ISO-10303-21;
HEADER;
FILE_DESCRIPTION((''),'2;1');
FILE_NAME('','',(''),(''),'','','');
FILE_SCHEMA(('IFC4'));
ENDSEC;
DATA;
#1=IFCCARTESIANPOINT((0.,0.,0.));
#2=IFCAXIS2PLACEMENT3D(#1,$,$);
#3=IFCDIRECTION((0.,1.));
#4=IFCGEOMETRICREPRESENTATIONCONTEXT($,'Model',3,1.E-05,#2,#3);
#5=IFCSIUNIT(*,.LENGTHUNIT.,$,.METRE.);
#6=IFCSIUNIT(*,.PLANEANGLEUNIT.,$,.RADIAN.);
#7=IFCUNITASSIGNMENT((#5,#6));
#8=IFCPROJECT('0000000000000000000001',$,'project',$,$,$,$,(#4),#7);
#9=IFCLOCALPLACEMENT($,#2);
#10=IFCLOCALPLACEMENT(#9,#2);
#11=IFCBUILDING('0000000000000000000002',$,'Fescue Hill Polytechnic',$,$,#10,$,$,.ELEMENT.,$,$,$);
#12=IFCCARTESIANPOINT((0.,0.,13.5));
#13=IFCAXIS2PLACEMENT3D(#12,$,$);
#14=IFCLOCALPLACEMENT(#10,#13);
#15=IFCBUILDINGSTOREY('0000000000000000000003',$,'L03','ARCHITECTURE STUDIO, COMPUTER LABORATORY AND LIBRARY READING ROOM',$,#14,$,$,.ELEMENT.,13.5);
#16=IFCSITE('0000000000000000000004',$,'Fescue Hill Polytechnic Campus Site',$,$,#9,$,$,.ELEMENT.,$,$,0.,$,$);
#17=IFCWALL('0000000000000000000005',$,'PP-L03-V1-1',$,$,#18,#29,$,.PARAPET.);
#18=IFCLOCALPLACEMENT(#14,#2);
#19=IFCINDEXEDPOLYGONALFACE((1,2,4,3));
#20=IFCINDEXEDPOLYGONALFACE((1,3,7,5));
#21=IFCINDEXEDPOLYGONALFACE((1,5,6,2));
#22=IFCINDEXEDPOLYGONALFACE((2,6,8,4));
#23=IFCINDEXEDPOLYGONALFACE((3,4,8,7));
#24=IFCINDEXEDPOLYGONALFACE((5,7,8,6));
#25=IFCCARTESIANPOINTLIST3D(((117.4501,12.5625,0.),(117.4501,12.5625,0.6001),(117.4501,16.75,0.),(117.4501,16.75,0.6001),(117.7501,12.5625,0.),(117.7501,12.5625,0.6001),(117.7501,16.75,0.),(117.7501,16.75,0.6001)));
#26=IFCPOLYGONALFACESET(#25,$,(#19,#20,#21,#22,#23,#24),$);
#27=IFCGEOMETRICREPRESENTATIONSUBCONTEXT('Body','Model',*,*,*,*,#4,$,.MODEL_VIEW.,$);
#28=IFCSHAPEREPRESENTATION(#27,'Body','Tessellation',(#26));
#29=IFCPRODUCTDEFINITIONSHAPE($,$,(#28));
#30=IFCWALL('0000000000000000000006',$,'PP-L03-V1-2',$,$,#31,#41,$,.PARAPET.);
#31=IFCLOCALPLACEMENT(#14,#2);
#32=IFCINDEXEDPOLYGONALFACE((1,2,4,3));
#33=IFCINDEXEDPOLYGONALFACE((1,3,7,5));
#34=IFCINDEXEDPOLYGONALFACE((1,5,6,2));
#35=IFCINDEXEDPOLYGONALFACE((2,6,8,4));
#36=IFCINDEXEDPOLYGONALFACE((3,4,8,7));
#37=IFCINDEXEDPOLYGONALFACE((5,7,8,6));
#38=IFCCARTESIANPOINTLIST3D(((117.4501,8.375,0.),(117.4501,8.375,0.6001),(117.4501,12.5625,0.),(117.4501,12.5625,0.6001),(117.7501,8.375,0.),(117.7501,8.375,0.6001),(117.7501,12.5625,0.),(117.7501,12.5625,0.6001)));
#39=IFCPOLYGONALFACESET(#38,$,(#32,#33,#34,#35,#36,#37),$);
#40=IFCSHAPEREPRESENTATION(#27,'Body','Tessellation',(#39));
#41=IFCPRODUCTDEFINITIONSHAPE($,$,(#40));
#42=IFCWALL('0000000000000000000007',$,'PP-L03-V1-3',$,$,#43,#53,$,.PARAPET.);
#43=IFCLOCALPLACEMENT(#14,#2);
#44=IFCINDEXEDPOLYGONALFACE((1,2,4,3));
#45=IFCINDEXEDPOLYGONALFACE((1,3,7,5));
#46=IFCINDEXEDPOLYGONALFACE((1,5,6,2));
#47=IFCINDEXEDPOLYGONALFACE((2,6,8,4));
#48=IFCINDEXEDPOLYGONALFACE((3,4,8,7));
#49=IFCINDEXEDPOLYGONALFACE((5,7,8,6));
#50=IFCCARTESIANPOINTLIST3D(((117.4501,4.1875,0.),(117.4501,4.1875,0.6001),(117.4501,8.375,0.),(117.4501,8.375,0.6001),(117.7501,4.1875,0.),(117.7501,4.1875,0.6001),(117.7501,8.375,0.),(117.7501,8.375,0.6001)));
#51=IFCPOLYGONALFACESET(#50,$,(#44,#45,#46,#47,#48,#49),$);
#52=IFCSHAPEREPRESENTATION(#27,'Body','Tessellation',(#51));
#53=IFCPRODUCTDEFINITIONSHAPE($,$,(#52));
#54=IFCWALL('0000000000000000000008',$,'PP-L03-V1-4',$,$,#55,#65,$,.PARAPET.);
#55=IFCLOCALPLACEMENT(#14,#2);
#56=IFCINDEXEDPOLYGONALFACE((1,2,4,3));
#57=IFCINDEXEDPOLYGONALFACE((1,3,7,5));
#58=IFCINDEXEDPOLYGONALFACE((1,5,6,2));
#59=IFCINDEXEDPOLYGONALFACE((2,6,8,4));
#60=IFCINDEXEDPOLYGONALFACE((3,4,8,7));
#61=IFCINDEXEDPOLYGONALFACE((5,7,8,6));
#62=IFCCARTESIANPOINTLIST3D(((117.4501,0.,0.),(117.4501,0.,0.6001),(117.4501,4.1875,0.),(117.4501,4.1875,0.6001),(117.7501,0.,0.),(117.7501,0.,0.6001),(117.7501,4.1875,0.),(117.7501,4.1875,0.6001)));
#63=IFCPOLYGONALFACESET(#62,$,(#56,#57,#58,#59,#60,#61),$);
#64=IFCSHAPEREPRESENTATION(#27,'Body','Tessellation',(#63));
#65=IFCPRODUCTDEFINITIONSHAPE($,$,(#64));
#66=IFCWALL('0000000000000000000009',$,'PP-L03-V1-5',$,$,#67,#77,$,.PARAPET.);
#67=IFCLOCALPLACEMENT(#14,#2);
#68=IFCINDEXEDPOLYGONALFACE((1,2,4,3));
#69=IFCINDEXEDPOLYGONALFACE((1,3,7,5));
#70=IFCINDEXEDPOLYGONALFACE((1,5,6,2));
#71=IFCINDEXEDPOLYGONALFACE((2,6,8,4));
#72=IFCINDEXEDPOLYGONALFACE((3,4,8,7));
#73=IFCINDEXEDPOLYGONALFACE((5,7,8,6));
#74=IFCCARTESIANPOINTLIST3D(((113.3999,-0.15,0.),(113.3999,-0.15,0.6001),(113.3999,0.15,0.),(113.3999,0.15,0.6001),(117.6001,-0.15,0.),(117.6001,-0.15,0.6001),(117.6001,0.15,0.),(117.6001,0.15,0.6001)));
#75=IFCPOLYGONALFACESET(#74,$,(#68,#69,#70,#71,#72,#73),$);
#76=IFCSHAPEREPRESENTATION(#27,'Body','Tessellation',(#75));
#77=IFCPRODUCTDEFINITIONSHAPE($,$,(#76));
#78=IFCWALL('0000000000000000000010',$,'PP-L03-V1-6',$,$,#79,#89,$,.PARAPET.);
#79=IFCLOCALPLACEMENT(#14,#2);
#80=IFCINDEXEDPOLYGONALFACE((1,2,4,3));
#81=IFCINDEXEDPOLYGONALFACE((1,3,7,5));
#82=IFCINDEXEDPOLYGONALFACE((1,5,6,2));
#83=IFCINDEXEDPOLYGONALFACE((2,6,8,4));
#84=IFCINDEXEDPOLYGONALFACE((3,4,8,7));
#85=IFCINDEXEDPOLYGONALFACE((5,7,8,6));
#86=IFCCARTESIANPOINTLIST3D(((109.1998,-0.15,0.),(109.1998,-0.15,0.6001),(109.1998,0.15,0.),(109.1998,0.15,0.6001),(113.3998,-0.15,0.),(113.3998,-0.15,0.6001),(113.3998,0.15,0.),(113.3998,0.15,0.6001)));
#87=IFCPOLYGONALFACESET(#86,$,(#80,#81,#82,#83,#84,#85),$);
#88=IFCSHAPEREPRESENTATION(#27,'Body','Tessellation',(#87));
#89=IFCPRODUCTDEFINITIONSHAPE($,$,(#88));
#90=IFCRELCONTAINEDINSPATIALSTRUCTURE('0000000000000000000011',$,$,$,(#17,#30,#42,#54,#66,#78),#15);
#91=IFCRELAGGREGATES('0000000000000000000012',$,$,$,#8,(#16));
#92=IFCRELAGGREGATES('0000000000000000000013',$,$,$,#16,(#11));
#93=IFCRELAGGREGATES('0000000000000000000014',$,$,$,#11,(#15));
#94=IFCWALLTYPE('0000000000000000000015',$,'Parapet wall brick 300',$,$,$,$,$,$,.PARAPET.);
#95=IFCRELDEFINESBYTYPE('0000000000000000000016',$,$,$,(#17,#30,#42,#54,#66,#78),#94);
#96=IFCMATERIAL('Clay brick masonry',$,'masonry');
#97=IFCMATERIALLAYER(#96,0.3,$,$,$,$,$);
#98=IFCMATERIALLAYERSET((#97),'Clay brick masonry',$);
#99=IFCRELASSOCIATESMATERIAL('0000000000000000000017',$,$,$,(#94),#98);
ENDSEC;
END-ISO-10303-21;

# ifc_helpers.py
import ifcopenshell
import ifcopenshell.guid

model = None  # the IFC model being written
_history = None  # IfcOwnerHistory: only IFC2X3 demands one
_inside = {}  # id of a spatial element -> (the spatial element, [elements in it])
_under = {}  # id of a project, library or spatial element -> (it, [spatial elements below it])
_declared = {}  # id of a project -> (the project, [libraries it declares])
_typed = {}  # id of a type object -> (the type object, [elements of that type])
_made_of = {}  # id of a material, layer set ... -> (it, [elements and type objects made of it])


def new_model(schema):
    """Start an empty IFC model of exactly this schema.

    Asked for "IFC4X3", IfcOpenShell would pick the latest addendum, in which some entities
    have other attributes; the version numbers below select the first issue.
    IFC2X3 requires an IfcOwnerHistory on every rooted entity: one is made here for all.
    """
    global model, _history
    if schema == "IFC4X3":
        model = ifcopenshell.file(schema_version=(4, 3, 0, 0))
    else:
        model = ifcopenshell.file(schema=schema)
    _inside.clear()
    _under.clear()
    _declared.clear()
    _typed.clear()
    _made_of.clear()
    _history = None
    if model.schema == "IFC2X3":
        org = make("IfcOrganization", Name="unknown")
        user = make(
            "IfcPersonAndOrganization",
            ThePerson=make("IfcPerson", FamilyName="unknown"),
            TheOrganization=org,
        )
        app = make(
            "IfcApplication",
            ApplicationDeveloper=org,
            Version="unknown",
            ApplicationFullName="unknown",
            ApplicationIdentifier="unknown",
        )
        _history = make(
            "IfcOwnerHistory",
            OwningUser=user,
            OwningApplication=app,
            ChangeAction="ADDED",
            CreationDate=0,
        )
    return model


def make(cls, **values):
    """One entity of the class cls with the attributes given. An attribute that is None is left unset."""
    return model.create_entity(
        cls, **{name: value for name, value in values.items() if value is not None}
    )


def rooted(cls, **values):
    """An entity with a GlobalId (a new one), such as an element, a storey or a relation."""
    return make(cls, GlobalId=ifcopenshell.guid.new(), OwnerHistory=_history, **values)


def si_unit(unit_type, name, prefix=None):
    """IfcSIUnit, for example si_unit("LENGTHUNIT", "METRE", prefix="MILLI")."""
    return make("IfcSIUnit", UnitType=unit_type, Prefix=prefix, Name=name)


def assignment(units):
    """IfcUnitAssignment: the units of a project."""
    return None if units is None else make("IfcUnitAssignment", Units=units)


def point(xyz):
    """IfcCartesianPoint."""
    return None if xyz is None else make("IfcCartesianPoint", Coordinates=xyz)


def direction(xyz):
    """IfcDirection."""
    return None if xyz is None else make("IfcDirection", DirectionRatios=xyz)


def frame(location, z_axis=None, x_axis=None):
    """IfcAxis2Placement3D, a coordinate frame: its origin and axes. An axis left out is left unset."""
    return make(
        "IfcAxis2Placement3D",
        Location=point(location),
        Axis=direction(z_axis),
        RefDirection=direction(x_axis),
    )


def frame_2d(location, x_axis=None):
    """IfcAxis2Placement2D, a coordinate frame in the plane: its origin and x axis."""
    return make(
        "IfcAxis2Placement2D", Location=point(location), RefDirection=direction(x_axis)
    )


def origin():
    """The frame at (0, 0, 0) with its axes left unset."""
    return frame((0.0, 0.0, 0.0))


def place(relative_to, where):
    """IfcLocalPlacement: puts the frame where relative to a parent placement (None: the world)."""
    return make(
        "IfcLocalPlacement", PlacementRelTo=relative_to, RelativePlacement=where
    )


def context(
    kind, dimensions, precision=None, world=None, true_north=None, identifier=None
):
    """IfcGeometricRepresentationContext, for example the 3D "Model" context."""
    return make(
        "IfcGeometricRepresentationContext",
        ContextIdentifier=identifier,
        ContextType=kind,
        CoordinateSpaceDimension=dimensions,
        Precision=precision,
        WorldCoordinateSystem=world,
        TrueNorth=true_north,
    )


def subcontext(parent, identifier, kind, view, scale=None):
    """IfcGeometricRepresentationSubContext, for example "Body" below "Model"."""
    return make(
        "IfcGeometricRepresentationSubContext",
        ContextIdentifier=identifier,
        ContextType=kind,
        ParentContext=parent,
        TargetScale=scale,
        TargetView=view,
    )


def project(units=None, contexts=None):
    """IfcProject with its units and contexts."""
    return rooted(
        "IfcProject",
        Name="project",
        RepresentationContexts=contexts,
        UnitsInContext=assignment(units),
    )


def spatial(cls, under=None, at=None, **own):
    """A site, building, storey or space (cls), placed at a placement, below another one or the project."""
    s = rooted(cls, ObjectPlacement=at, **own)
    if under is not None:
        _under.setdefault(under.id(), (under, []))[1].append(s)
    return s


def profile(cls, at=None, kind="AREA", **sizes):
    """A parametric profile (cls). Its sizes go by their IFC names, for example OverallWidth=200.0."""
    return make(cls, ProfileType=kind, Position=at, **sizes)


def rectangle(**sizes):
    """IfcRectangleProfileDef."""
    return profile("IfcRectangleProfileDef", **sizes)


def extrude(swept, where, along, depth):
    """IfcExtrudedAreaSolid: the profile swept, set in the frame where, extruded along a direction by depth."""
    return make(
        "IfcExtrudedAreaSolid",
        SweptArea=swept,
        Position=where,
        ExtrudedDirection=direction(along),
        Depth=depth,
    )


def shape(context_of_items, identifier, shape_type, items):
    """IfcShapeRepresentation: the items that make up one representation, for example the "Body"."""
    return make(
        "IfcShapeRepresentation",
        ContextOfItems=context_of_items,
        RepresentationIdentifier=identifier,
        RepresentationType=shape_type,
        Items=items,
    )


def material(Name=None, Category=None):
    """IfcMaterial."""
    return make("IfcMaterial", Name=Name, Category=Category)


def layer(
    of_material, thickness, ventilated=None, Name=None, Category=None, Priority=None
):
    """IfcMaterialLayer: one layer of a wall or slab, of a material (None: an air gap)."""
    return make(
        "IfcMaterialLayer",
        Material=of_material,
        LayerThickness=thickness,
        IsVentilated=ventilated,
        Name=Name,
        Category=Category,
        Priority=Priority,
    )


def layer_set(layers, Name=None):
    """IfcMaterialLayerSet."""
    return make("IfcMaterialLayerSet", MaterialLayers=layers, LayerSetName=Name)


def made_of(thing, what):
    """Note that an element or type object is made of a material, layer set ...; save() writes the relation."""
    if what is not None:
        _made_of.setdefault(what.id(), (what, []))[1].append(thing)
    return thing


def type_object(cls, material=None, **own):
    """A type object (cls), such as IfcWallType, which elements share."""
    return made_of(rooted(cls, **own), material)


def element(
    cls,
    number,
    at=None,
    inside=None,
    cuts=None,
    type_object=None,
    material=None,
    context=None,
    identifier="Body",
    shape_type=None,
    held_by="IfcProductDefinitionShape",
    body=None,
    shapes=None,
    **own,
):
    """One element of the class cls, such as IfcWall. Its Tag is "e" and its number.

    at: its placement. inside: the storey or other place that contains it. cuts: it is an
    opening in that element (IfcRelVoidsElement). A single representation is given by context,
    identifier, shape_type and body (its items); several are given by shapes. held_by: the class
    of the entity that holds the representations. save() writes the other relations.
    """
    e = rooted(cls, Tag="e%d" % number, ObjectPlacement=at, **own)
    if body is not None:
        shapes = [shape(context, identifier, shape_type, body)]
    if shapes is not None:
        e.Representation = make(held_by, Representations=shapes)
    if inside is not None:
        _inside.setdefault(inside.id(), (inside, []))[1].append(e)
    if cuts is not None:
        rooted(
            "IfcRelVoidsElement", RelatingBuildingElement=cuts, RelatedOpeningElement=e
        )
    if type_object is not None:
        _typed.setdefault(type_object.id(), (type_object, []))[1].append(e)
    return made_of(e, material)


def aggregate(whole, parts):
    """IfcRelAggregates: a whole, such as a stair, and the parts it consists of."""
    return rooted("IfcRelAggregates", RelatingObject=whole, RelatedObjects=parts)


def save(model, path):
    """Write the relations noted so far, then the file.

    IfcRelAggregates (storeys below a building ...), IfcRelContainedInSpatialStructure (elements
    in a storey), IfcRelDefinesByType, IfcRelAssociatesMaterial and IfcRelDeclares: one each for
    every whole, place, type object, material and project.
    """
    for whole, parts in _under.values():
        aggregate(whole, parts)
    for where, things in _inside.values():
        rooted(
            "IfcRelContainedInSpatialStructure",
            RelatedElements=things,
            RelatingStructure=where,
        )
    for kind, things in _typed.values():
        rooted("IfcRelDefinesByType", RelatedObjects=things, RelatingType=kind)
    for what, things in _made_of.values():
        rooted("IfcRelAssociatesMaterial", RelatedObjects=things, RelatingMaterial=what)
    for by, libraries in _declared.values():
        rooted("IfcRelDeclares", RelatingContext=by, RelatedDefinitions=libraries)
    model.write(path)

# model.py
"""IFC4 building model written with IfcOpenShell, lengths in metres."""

from ifc_helpers import new_model, si_unit, direction, frame, frame_2d, origin, place, context, subcontext, project, spatial, rectangle, extrude, material, layer, layer_set, type_object, element, save


model = new_model("IFC4")

# Units and contexts
model_context = context("Model", 3, precision=1e-05, world=origin(), true_north=direction((0.0, 1.0)))
body_context = subcontext(model_context, "Body", "Model", "MODEL_VIEW")
ifc_project = project(units=[si_unit("LENGTHUNIT", "METRE"), si_unit("PLANEANGLEUNIT", "RADIAN")], contexts=[model_context])

# Site, building, storey
site_placement = place(None, origin())
site = spatial("IfcSite", under=ifc_project, at=site_placement, Name="Fescue Hill Polytechnic Campus Site", CompositionType="ELEMENT", RefElevation=0.0)
building_placement = place(site_placement, origin())
building = spatial("IfcBuilding", under=site, at=building_placement, Name="Fescue Hill Polytechnic", CompositionType="ELEMENT")
storey_placement = place(building_placement, frame((0.0, 0.0, 13.5)))
storey = spatial("IfcBuildingStorey", under=building, at=storey_placement, Name="L03", Description="ARCHITECTURE STUDIO, COMPUTER LABORATORY AND LIBRARY READING ROOM", CompositionType="ELEMENT", Elevation=13.5)

# Walls
ifc_material_1 = material(Name="Clay brick masonry", Category="masonry")
ifc_layer_1 = layer(ifc_material_1, 0.3)
ifc_layer_set_1 = layer_set([ifc_layer_1], Name="Clay brick masonry")
wall_type_1 = type_object("IfcWallType", Name="Parapet wall brick 300", PredefinedType="PARAPET", material=ifc_layer_set_1)
for number, where, z_axis, x_axis, name in (
    (1, (117.6001, 16.75, 0.0), (0.0, 0.0, 1.0), (0.0, -1.0, 0.0), "PP-L03-V1-1"),
    (2, (117.6001, 12.5625, 0.0), (0.0, 0.0, 1.0), (0.0, -1.0, 0.0), "PP-L03-V1-2"),
    (3, (117.6001, 8.375, 0.0), (0.0, 0.0, 1.0), (0.0, -1.0, 0.0), "PP-L03-V1-3"),
    (4, (117.6001, 4.1875, 0.0), (0.0, 0.0, 1.0), (0.0, -1.0, 0.0), "PP-L03-V1-4"),
):
    element("IfcWall", number, at=place(storey_placement, frame(where, z_axis=z_axis, x_axis=x_axis)), inside=storey, type_object=wall_type_1, Name=name, PredefinedType="PARAPET", context=body_context, shape_type="SweptSolid", body=[
        extrude(rectangle(XDim=4.1875, YDim=0.3, at=frame_2d((2.0938, 0.0))), origin(), (0.0, 0.0, 1.0), 0.6001),
    ])
wall_1_placement = place(storey_placement, frame((117.6001, 0.0, 0.0), z_axis=(0.0, 0.0, 1.0), x_axis=(-1.0, 0.0, 0.0)))
element("IfcWall", 5, at=wall_1_placement, inside=storey, type_object=wall_type_1, Name="PP-L03-V1-5", PredefinedType="PARAPET", context=body_context, shape_type="SweptSolid", body=[
    extrude(rectangle(XDim=4.2002, YDim=0.3, at=frame_2d((2.1001, 0.0))), origin(), (0.0, 0.0, 1.0), 0.6001),
])
wall_2_placement = place(storey_placement, frame((113.3999, 0.0, 0.0), z_axis=(0.0, 0.0, 1.0), x_axis=(-1.0, 0.0, 0.0)))
element("IfcWall", 6, at=wall_2_placement, inside=storey, type_object=wall_type_1, Name="PP-L03-V1-6", PredefinedType="PARAPET", context=body_context, shape_type="SweptSolid", body=[
    extrude(rectangle(XDim=4.2, YDim=0.3, at=frame_2d((2.1001, 0.0))), origin(), (0.0, 0.0, 1.0), 0.6001),
])

save(model, "model.ifc")
